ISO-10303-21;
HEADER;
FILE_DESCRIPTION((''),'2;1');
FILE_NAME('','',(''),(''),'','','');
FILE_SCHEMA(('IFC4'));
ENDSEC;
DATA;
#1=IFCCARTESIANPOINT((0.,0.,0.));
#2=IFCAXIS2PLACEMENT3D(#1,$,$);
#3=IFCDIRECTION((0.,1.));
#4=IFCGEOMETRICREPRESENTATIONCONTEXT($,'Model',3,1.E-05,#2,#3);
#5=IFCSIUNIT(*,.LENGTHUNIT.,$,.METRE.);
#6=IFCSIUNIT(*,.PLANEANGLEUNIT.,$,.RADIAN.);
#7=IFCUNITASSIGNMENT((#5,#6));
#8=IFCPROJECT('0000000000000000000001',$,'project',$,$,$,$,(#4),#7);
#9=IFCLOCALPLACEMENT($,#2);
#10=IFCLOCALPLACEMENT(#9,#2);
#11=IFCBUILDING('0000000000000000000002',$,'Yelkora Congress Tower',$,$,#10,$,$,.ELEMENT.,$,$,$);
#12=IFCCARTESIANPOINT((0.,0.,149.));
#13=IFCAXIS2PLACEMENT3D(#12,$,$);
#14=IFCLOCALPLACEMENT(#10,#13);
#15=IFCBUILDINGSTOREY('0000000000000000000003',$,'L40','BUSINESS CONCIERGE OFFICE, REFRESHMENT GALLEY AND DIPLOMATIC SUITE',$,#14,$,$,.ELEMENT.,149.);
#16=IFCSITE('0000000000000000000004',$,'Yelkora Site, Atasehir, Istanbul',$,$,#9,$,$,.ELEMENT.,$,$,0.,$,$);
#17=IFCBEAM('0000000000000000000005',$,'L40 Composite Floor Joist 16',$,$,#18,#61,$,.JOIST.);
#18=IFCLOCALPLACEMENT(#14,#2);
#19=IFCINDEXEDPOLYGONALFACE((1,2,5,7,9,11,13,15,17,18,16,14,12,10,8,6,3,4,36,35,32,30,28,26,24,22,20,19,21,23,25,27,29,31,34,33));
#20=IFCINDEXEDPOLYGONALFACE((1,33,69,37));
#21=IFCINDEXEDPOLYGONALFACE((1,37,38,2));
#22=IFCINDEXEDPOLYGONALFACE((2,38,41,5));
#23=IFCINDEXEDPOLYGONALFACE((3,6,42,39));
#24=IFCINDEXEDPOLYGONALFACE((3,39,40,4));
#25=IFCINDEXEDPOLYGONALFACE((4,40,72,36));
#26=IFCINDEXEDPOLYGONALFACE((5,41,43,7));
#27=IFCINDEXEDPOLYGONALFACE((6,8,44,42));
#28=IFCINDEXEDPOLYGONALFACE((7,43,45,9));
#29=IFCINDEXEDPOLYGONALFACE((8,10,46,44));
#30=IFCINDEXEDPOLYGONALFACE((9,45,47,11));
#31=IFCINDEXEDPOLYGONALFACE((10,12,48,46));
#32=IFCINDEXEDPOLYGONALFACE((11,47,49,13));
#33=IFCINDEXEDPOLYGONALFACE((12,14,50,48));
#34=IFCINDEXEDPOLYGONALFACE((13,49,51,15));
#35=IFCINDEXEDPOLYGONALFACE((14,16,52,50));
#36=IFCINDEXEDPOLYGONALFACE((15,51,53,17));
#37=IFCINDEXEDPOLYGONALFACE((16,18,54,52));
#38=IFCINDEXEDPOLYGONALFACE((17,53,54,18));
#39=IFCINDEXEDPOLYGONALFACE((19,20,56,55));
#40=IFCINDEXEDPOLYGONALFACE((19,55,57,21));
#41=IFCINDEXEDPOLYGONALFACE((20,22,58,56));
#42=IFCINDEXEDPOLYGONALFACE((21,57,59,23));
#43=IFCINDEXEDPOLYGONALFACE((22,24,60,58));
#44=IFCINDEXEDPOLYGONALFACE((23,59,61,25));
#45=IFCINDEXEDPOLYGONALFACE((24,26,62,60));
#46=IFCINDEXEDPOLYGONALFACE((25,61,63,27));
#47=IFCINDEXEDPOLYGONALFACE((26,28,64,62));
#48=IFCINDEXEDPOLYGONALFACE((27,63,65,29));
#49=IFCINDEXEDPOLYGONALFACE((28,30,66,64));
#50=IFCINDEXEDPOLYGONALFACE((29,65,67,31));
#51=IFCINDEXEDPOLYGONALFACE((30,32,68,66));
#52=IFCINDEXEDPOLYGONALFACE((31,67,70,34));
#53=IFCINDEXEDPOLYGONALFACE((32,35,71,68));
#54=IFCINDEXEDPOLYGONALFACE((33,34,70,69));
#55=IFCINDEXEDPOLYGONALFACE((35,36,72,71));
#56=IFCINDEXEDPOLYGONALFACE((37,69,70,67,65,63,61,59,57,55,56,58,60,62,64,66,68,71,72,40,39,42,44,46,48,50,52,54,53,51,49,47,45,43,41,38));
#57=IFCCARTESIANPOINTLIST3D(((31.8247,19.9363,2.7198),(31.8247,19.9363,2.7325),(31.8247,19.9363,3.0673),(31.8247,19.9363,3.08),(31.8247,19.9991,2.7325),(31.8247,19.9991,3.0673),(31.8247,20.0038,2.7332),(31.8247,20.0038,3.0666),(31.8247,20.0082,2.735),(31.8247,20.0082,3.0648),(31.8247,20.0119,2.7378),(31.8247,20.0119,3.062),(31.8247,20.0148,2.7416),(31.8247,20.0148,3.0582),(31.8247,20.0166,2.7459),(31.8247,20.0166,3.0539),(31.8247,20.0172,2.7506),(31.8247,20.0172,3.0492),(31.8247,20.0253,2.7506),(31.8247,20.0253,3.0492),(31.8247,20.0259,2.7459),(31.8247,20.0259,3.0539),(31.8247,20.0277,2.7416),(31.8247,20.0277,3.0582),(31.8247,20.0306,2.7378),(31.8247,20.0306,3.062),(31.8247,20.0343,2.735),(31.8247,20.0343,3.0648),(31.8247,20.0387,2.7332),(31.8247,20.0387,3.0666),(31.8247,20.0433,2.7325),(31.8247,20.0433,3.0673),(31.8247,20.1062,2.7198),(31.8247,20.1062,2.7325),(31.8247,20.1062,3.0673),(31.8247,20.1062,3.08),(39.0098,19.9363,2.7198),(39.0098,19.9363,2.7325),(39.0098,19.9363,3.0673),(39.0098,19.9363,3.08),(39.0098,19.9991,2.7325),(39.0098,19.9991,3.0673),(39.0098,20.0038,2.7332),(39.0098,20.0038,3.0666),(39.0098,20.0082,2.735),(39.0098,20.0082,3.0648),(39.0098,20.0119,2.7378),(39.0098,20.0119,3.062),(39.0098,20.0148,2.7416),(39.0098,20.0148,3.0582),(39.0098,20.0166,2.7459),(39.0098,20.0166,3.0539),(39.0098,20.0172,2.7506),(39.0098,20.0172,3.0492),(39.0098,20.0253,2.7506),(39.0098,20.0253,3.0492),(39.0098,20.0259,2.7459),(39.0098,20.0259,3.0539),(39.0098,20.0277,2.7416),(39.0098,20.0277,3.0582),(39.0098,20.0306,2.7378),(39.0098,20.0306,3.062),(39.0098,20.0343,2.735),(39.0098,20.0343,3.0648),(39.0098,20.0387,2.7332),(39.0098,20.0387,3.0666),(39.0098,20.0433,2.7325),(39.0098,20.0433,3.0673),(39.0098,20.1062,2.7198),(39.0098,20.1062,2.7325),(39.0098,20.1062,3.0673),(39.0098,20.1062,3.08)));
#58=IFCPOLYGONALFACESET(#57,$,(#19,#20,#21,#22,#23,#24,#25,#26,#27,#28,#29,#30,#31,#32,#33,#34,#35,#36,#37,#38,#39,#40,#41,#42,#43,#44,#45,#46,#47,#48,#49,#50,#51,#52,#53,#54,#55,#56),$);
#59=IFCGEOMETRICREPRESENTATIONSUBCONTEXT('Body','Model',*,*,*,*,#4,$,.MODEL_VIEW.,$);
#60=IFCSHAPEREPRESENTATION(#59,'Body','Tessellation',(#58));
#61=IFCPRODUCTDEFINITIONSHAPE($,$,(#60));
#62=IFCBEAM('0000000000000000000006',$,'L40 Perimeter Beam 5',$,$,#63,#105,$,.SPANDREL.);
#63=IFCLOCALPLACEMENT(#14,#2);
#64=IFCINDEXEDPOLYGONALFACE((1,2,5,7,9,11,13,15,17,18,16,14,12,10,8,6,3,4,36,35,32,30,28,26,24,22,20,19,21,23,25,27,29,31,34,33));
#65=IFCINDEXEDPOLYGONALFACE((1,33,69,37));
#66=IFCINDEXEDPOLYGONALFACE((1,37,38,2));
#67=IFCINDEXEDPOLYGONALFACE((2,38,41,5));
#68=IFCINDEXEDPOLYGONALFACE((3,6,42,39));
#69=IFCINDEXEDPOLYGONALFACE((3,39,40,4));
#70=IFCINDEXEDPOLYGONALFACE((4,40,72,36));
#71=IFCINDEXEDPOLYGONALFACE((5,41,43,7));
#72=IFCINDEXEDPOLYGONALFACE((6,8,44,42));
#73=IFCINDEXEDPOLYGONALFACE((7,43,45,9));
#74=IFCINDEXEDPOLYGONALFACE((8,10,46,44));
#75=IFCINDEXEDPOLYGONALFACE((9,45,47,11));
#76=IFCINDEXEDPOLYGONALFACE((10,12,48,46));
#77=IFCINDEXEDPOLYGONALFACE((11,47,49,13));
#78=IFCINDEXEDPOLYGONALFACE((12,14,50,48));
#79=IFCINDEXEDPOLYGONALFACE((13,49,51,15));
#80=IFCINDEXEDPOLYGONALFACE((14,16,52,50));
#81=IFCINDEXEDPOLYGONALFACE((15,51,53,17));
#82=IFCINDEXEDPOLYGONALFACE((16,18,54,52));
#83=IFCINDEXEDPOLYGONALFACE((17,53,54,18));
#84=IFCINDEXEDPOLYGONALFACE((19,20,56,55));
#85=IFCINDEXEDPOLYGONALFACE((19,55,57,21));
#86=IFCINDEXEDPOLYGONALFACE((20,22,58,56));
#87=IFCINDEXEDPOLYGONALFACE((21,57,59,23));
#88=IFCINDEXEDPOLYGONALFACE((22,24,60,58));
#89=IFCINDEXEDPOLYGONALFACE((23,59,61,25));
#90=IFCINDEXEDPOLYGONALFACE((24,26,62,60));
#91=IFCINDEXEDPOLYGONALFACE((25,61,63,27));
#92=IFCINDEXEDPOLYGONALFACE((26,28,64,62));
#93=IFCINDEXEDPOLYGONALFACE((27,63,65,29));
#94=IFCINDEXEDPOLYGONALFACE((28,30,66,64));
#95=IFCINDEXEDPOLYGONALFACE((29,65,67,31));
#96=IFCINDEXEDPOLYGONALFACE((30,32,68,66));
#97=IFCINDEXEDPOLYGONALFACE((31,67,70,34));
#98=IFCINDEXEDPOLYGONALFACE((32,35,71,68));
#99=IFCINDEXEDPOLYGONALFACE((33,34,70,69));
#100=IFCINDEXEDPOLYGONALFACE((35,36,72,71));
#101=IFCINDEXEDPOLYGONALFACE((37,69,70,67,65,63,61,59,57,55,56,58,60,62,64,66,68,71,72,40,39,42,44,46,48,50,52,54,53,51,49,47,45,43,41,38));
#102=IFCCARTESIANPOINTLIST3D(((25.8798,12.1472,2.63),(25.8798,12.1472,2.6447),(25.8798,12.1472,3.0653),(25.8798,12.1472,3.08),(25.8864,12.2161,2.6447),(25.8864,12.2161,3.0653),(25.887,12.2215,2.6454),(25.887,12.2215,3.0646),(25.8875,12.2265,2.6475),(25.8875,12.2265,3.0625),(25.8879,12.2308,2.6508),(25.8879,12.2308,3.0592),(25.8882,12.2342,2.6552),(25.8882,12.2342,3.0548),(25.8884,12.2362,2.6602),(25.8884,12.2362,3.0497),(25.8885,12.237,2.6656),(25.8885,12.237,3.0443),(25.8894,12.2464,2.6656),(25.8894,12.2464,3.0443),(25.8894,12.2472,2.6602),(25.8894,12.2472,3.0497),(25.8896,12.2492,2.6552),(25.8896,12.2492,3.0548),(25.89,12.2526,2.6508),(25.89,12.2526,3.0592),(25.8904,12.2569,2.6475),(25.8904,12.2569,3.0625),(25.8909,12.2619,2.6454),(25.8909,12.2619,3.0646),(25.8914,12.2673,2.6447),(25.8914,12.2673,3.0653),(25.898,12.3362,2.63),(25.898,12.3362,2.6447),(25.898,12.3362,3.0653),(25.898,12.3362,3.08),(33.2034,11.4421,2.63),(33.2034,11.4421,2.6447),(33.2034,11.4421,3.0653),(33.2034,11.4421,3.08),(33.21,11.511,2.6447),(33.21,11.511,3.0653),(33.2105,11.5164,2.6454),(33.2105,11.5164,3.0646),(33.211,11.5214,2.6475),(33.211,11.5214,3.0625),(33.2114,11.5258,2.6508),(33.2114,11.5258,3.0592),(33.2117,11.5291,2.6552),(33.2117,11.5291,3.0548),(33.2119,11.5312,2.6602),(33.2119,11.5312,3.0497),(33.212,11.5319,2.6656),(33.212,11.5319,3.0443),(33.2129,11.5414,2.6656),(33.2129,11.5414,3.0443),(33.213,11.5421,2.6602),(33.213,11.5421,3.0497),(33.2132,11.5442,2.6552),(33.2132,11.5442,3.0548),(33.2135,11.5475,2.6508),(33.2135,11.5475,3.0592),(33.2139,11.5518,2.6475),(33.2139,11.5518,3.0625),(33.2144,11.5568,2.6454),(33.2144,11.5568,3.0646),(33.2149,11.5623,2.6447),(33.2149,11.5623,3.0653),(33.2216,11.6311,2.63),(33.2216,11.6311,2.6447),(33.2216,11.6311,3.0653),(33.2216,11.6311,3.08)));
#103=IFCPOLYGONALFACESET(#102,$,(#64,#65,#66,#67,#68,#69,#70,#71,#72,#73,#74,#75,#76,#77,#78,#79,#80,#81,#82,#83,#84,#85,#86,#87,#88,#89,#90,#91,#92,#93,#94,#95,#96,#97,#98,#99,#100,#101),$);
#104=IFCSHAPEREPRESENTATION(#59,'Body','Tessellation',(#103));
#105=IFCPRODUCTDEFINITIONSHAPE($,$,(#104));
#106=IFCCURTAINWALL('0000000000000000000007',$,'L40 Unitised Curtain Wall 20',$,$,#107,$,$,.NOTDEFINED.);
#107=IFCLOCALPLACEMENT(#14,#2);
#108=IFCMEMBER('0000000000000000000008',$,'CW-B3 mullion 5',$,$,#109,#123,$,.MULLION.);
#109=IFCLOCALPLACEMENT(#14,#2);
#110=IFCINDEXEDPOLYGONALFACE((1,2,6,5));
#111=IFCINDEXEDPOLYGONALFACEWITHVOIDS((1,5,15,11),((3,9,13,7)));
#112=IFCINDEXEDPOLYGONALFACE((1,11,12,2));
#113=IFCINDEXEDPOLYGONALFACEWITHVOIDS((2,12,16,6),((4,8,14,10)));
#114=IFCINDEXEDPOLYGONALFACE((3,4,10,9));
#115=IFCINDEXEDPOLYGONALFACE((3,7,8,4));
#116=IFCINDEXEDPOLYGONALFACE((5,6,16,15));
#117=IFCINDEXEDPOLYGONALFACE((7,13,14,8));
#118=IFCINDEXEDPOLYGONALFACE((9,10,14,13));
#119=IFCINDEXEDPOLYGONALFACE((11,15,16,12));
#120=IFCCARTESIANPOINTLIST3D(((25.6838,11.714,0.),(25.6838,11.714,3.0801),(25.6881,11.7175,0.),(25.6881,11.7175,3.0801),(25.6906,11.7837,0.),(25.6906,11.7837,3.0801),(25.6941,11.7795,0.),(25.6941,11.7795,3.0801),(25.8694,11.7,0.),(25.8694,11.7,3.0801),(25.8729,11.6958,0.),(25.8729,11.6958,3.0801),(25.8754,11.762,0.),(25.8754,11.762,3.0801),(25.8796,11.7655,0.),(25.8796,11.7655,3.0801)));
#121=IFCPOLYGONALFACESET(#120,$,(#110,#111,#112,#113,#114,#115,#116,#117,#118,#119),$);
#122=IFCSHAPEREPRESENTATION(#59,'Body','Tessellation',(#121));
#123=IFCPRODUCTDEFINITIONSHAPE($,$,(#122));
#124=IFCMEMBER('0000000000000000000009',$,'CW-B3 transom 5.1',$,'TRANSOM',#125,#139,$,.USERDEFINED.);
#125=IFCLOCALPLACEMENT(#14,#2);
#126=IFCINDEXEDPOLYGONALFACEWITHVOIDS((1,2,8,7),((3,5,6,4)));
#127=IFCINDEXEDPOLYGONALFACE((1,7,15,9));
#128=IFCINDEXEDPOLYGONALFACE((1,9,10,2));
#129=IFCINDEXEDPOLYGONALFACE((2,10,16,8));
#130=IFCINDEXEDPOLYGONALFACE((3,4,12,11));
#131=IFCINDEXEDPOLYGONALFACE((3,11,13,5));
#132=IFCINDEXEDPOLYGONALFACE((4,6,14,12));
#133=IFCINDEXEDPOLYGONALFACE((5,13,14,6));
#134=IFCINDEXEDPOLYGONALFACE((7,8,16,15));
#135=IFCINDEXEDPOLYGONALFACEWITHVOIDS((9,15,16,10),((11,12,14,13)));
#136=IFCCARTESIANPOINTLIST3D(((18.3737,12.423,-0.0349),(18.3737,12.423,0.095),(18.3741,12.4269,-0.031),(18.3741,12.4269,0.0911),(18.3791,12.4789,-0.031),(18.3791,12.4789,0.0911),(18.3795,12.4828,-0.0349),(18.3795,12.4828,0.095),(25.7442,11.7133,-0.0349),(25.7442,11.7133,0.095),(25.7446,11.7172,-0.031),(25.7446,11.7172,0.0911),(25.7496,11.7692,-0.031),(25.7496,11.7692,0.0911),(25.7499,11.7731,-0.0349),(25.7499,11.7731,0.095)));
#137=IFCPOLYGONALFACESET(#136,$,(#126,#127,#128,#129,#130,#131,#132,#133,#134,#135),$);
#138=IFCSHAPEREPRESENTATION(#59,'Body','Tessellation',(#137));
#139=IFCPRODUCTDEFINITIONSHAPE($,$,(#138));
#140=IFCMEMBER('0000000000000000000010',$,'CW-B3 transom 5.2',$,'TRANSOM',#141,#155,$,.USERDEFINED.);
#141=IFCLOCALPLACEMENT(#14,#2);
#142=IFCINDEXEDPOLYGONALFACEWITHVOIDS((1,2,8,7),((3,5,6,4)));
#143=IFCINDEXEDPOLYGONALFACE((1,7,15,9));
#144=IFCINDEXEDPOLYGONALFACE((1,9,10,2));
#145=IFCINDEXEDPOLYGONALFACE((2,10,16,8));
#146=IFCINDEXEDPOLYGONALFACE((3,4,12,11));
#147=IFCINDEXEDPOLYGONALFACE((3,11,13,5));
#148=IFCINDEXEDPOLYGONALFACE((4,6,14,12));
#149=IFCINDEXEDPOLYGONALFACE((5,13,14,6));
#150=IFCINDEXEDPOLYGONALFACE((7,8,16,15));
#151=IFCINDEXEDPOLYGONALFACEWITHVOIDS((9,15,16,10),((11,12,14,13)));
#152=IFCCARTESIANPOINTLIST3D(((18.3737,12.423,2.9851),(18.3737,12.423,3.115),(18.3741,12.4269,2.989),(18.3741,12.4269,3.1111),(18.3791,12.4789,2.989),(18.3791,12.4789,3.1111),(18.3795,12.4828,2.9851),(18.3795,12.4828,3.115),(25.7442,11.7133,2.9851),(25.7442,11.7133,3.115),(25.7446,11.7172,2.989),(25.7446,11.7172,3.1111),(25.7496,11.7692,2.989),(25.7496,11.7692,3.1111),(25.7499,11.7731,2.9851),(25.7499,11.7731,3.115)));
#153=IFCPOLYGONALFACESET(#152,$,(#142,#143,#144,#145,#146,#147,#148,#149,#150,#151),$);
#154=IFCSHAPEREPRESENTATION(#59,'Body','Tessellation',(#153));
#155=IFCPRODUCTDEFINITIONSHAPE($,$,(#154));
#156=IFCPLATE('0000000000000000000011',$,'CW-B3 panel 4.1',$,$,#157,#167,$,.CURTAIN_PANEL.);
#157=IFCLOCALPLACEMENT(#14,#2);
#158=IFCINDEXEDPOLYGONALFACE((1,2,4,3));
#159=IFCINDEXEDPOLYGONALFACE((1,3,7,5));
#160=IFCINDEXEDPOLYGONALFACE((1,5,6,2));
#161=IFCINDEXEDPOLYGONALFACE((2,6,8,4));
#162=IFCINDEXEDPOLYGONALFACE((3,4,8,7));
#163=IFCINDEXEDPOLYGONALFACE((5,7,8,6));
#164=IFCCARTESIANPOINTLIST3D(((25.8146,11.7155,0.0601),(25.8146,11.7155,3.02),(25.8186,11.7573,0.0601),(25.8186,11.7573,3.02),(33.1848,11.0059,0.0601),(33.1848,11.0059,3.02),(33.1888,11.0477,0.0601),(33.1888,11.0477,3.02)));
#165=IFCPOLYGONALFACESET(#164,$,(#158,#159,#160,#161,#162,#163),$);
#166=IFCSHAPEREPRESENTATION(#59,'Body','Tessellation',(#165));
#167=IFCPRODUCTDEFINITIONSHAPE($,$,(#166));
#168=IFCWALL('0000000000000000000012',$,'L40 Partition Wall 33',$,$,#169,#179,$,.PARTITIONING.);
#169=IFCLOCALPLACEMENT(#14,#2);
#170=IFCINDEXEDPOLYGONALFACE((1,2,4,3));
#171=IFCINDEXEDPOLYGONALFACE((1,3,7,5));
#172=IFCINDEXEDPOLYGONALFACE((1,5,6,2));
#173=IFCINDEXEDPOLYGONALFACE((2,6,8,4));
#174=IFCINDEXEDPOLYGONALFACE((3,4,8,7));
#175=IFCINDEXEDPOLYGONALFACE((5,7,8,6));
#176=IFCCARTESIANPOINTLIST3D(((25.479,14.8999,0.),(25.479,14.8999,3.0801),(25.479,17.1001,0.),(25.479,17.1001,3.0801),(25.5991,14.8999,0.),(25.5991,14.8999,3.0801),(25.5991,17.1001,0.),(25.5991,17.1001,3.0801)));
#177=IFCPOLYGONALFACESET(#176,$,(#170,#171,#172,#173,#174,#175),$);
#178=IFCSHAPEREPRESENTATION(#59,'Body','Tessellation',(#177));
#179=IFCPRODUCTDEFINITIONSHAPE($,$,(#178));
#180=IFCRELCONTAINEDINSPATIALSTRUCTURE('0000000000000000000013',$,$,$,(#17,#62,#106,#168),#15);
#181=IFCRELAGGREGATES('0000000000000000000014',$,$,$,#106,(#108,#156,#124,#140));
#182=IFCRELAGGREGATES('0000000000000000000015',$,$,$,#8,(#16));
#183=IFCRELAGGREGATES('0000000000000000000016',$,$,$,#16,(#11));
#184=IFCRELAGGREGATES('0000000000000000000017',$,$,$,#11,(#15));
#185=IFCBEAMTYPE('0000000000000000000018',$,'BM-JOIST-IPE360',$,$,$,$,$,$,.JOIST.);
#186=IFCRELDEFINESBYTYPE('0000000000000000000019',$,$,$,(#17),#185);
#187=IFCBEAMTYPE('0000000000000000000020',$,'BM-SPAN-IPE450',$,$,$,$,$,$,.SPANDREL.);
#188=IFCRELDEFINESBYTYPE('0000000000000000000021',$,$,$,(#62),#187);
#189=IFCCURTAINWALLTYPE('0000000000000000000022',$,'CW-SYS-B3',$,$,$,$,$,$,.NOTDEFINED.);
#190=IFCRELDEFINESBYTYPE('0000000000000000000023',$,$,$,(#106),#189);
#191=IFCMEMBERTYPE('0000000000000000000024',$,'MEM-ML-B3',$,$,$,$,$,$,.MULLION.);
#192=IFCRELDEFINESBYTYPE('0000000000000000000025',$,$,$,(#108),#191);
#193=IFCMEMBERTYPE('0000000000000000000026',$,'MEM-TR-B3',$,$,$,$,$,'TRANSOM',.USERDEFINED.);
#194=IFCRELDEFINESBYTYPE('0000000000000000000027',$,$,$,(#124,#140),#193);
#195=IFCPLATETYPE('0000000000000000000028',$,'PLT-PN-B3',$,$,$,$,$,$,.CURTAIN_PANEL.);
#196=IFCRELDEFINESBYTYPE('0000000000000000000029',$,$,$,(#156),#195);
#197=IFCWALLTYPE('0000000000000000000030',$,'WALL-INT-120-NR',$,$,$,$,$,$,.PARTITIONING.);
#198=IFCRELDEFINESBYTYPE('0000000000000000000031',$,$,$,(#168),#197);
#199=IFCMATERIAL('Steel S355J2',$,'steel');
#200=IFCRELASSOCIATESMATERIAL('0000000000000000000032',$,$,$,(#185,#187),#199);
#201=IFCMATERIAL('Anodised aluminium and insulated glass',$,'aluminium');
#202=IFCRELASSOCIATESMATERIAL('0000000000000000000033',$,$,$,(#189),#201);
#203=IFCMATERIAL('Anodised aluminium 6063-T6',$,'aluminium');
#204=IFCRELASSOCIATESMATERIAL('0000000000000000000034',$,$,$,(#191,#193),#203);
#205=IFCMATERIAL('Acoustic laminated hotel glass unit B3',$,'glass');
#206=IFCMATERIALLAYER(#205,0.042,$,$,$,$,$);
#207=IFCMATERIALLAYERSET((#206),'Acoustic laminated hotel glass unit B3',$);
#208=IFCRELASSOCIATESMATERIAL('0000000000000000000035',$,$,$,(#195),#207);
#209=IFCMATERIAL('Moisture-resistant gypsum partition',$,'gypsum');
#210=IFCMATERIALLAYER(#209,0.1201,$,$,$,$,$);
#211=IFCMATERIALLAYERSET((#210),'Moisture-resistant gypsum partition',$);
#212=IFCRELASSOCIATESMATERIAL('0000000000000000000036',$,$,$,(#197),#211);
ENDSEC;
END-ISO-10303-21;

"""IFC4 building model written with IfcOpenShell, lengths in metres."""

from ifc_helpers import new_model, si_unit, direction, frame, frame_2d, origin, origin_2d, place, context, subcontext, project, spatial, rectangle, hollow_rectangle, i_section, extrude, material, layer, layer_set, material_profile, profile_set, type_object, element, aggregate, save


model = new_model("IFC4")

# Units and contexts
model_context = context("Model", 3, precision=1e-05, world=origin(), true_north=direction((0.0, 1.0)))
body_context = subcontext(model_context, "Body", "Model", "MODEL_VIEW")
ifc_project = project(units=[si_unit("LENGTHUNIT", "METRE"), si_unit("PLANEANGLEUNIT", "RADIAN")], contexts=[model_context])

# Site, building, storey
site_placement = place(None, origin())
site = spatial("IfcSite", under=ifc_project, at=site_placement, Name="Yelkora Site, Atasehir, Istanbul", CompositionType="ELEMENT", RefElevation=0.0)
building_placement = place(site_placement, origin())
building = spatial("IfcBuilding", under=site, at=building_placement, Name="Yelkora Congress Tower", CompositionType="ELEMENT")
storey_placement = place(building_placement, frame((0.0, 0.0, 149.0)))
storey = spatial("IfcBuildingStorey", under=building, at=storey_placement, Name="L40", Description="BUSINESS CONCIERGE OFFICE, REFRESHMENT GALLEY AND DIPLOMATIC SUITE", CompositionType="ELEMENT", Elevation=149.0)

# Beams
ifc_material_1 = material(Name="Steel S355J2", Category="steel")
ifc_material_profile_1 = material_profile(ifc_material_1, i_section(OverallWidth=0.1699, OverallDepth=0.3601, WebThickness=0.0081, FlangeThickness=0.0127, FilletRadius=0.0181, at=origin_2d()), Name="IPE 360")
ifc_profile_set_1 = profile_set([ifc_material_profile_1], Name="Steel S355J2")
beam_type_1 = type_object("IfcBeamType", Name="BM-JOIST-IPE360", PredefinedType="JOIST", material=ifc_profile_set_1)
beam_1_placement = place(storey_placement, frame((31.8247, 20.0212, 2.8999), z_axis=(1.0, 0.0, 0.0), x_axis=(0.0, 1.0, 0.0)))
element("IfcBeam", 1, at=beam_1_placement, inside=storey, type_object=beam_type_1, Name="L40 Composite Floor Joist 16", PredefinedType="JOIST", context=body_context, shape_type="SweptSolid", body=[
    extrude(i_section(OverallWidth=0.1699, OverallDepth=0.3601, WebThickness=0.0081, FlangeThickness=0.0127, FilletRadius=0.0181, at=origin_2d()), origin(), (0.0, 0.0, 1.0), 7.1851),
])
ifc_material_profile_2 = material_profile(ifc_material_1, i_section(OverallWidth=0.1899, OverallDepth=0.45, WebThickness=0.0095, FlangeThickness=0.0146, FilletRadius=0.021, at=origin_2d()), Name="IPE 450")
ifc_profile_set_2 = profile_set([ifc_material_profile_2], Name="Steel S355J2")
beam_type_2 = type_object("IfcBeamType", Name="BM-SPAN-IPE450", PredefinedType="SPANDREL", material=ifc_profile_set_2)
beam_2_placement = place(storey_placement, frame((25.8889, 12.2417, 2.855), z_axis=(0.995397, -0.095833, 0.0), x_axis=(0.095833, 0.995397, 0.0)))
element("IfcBeam", 2, at=beam_2_placement, inside=storey, type_object=beam_type_2, Name="L40 Perimeter Beam 5", PredefinedType="SPANDREL", context=body_context, shape_type="SweptSolid", body=[
    extrude(i_section(OverallWidth=0.1899, OverallDepth=0.45, WebThickness=0.0095, FlangeThickness=0.0146, FilletRadius=0.021, at=origin_2d()), origin(), (0.0, 0.0, 1.0), 7.3574),
])

# Curtain wall, members, plate
ifc_material_2 = material(Name="Anodised aluminium and insulated glass", Category="aluminium")
curtain_wall_type = type_object("IfcCurtainWallType", Name="CW-SYS-B3", PredefinedType="NOTDEFINED", material=ifc_material_2)
curtain_wall_placement = place(storey_placement, origin())
curtain_wall = element("IfcCurtainWall", 3, at=curtain_wall_placement, inside=storey, type_object=curtain_wall_type, Name="L40 Unitised Curtain Wall 20", PredefinedType="NOTDEFINED")
ifc_material_3 = material(Name="Anodised aluminium 6063-T6", Category="aluminium")
ifc_material_profile_3 = material_profile(ifc_material_3, hollow_rectangle(XDim=0.0701, YDim=0.1899, WallThickness=0.0039, at=origin_2d()), Name="ALU 70x190x4")
ifc_profile_set_3 = profile_set([ifc_material_profile_3], Name="Anodised aluminium 6063-T6")
member_type_1 = type_object("IfcMemberType", Name="MEM-ML-B3", PredefinedType="MULLION", material=ifc_profile_set_3)
member_1_placement = place(storey_placement, frame((25.7817, 11.7397, 0.0), z_axis=(0.0, 0.0, 1.0), x_axis=(-0.095845, -0.995396, 0.0)))
member_1 = element("IfcMember", 4, at=member_1_placement, type_object=member_type_1, Name="CW-B3 mullion 5", PredefinedType="MULLION", context=body_context, shape_type="SweptSolid", body=[
    extrude(hollow_rectangle(XDim=0.0701, YDim=0.1899, WallThickness=0.0039, at=origin_2d()), origin(), (0.0, 0.0, 1.0), 3.0801),
])
ifc_material_profile_4 = material_profile(ifc_material_3, hollow_rectangle(XDim=0.0601, YDim=0.1299, WallThickness=0.0039, at=origin_2d()), Name="ALU 60x130x4")
ifc_profile_set_4 = profile_set([ifc_material_profile_4], Name="Anodised aluminium 6063-T6")
member_type_2 = type_object("IfcMemberType", Name="MEM-TR-B3", ElementType="TRANSOM", PredefinedType="USERDEFINED", material=ifc_profile_set_4)
member_2_placement = place(storey_placement, frame((25.7471, 11.7432, 0.03), z_axis=(-0.995396, 0.09585, 0.0), x_axis=(-0.09585, -0.995396, 0.0)))
member_2 = element("IfcMember", 5, at=member_2_placement, type_object=member_type_2, Name="CW-B3 transom 5.1", ObjectType="TRANSOM", PredefinedType="USERDEFINED", context=body_context, shape_type="SweptSolid", body=[
    extrude(hollow_rectangle(XDim=0.0601, YDim=0.1299, WallThickness=0.0039, at=origin_2d()), origin(), (0.0, 0.0, 1.0), 7.4045),
])
member_3_placement = place(storey_placement, frame((25.7471, 11.7432, 3.05), z_axis=(-0.995396, 0.09585, 0.0), x_axis=(-0.09585, -0.995396, 0.0)))
member_3 = element("IfcMember", 6, at=member_3_placement, type_object=member_type_2, Name="CW-B3 transom 5.2", ObjectType="TRANSOM", PredefinedType="USERDEFINED", context=body_context, shape_type="SweptSolid", body=[
    extrude(hollow_rectangle(XDim=0.0601, YDim=0.1299, WallThickness=0.0039, at=origin_2d()), origin(), (0.0, 0.0, 1.0), 7.4045),
])
ifc_material_4 = material(Name="Acoustic laminated hotel glass unit B3", Category="glass")
ifc_layer_1 = layer(ifc_material_4, 0.042)
ifc_layer_set_1 = layer_set([ifc_layer_1], Name="Acoustic laminated hotel glass unit B3")
plate_type = type_object("IfcPlateType", Name="PLT-PN-B3", PredefinedType="CURTAIN_PANEL", material=ifc_layer_set_1)
plate_placement = place(storey_placement, frame((29.5017, 11.3816, 0.0601), z_axis=(0.0, 0.0, 1.0), x_axis=(-0.995396, 0.095845, 0.0)))
plate = element("IfcPlate", 7, at=plate_placement, type_object=plate_type, Name="CW-B3 panel 4.1", PredefinedType="CURTAIN_PANEL", context=body_context, shape_type="SweptSolid", body=[
    extrude(rectangle(XDim=7.4043, YDim=0.042, at=origin_2d()), origin(), (0.0, 0.0, 1.0), 2.96),
])
aggregate(curtain_wall, [member_1, plate, member_2, member_3])

# Wall
ifc_material_5 = material(Name="Moisture-resistant gypsum partition", Category="gypsum")
ifc_layer_2 = layer(ifc_material_5, 0.1201)
ifc_layer_set_2 = layer_set([ifc_layer_2], Name="Moisture-resistant gypsum partition")
wall_type_1 = type_object("IfcWallType", Name="WALL-INT-120-NR", PredefinedType="PARTITIONING", material=ifc_layer_set_2)
wall_1_placement = place(storey_placement, frame((25.5391, 14.8999, 0.0), z_axis=(0.0, 0.0, 1.0), x_axis=(0.0, 1.0, 0.0)))
element("IfcWall", 8, at=wall_1_placement, inside=storey, type_object=wall_type_1, Name="L40 Partition Wall 33", PredefinedType="PARTITIONING", context=body_context, shape_type="SweptSolid", body=[
    extrude(rectangle(XDim=2.2002, YDim=0.1201, at=frame_2d((1.1001, 0.0))), origin(), (0.0, 0.0, 1.0), 3.0801),
])

save(model, "model.ifc")
